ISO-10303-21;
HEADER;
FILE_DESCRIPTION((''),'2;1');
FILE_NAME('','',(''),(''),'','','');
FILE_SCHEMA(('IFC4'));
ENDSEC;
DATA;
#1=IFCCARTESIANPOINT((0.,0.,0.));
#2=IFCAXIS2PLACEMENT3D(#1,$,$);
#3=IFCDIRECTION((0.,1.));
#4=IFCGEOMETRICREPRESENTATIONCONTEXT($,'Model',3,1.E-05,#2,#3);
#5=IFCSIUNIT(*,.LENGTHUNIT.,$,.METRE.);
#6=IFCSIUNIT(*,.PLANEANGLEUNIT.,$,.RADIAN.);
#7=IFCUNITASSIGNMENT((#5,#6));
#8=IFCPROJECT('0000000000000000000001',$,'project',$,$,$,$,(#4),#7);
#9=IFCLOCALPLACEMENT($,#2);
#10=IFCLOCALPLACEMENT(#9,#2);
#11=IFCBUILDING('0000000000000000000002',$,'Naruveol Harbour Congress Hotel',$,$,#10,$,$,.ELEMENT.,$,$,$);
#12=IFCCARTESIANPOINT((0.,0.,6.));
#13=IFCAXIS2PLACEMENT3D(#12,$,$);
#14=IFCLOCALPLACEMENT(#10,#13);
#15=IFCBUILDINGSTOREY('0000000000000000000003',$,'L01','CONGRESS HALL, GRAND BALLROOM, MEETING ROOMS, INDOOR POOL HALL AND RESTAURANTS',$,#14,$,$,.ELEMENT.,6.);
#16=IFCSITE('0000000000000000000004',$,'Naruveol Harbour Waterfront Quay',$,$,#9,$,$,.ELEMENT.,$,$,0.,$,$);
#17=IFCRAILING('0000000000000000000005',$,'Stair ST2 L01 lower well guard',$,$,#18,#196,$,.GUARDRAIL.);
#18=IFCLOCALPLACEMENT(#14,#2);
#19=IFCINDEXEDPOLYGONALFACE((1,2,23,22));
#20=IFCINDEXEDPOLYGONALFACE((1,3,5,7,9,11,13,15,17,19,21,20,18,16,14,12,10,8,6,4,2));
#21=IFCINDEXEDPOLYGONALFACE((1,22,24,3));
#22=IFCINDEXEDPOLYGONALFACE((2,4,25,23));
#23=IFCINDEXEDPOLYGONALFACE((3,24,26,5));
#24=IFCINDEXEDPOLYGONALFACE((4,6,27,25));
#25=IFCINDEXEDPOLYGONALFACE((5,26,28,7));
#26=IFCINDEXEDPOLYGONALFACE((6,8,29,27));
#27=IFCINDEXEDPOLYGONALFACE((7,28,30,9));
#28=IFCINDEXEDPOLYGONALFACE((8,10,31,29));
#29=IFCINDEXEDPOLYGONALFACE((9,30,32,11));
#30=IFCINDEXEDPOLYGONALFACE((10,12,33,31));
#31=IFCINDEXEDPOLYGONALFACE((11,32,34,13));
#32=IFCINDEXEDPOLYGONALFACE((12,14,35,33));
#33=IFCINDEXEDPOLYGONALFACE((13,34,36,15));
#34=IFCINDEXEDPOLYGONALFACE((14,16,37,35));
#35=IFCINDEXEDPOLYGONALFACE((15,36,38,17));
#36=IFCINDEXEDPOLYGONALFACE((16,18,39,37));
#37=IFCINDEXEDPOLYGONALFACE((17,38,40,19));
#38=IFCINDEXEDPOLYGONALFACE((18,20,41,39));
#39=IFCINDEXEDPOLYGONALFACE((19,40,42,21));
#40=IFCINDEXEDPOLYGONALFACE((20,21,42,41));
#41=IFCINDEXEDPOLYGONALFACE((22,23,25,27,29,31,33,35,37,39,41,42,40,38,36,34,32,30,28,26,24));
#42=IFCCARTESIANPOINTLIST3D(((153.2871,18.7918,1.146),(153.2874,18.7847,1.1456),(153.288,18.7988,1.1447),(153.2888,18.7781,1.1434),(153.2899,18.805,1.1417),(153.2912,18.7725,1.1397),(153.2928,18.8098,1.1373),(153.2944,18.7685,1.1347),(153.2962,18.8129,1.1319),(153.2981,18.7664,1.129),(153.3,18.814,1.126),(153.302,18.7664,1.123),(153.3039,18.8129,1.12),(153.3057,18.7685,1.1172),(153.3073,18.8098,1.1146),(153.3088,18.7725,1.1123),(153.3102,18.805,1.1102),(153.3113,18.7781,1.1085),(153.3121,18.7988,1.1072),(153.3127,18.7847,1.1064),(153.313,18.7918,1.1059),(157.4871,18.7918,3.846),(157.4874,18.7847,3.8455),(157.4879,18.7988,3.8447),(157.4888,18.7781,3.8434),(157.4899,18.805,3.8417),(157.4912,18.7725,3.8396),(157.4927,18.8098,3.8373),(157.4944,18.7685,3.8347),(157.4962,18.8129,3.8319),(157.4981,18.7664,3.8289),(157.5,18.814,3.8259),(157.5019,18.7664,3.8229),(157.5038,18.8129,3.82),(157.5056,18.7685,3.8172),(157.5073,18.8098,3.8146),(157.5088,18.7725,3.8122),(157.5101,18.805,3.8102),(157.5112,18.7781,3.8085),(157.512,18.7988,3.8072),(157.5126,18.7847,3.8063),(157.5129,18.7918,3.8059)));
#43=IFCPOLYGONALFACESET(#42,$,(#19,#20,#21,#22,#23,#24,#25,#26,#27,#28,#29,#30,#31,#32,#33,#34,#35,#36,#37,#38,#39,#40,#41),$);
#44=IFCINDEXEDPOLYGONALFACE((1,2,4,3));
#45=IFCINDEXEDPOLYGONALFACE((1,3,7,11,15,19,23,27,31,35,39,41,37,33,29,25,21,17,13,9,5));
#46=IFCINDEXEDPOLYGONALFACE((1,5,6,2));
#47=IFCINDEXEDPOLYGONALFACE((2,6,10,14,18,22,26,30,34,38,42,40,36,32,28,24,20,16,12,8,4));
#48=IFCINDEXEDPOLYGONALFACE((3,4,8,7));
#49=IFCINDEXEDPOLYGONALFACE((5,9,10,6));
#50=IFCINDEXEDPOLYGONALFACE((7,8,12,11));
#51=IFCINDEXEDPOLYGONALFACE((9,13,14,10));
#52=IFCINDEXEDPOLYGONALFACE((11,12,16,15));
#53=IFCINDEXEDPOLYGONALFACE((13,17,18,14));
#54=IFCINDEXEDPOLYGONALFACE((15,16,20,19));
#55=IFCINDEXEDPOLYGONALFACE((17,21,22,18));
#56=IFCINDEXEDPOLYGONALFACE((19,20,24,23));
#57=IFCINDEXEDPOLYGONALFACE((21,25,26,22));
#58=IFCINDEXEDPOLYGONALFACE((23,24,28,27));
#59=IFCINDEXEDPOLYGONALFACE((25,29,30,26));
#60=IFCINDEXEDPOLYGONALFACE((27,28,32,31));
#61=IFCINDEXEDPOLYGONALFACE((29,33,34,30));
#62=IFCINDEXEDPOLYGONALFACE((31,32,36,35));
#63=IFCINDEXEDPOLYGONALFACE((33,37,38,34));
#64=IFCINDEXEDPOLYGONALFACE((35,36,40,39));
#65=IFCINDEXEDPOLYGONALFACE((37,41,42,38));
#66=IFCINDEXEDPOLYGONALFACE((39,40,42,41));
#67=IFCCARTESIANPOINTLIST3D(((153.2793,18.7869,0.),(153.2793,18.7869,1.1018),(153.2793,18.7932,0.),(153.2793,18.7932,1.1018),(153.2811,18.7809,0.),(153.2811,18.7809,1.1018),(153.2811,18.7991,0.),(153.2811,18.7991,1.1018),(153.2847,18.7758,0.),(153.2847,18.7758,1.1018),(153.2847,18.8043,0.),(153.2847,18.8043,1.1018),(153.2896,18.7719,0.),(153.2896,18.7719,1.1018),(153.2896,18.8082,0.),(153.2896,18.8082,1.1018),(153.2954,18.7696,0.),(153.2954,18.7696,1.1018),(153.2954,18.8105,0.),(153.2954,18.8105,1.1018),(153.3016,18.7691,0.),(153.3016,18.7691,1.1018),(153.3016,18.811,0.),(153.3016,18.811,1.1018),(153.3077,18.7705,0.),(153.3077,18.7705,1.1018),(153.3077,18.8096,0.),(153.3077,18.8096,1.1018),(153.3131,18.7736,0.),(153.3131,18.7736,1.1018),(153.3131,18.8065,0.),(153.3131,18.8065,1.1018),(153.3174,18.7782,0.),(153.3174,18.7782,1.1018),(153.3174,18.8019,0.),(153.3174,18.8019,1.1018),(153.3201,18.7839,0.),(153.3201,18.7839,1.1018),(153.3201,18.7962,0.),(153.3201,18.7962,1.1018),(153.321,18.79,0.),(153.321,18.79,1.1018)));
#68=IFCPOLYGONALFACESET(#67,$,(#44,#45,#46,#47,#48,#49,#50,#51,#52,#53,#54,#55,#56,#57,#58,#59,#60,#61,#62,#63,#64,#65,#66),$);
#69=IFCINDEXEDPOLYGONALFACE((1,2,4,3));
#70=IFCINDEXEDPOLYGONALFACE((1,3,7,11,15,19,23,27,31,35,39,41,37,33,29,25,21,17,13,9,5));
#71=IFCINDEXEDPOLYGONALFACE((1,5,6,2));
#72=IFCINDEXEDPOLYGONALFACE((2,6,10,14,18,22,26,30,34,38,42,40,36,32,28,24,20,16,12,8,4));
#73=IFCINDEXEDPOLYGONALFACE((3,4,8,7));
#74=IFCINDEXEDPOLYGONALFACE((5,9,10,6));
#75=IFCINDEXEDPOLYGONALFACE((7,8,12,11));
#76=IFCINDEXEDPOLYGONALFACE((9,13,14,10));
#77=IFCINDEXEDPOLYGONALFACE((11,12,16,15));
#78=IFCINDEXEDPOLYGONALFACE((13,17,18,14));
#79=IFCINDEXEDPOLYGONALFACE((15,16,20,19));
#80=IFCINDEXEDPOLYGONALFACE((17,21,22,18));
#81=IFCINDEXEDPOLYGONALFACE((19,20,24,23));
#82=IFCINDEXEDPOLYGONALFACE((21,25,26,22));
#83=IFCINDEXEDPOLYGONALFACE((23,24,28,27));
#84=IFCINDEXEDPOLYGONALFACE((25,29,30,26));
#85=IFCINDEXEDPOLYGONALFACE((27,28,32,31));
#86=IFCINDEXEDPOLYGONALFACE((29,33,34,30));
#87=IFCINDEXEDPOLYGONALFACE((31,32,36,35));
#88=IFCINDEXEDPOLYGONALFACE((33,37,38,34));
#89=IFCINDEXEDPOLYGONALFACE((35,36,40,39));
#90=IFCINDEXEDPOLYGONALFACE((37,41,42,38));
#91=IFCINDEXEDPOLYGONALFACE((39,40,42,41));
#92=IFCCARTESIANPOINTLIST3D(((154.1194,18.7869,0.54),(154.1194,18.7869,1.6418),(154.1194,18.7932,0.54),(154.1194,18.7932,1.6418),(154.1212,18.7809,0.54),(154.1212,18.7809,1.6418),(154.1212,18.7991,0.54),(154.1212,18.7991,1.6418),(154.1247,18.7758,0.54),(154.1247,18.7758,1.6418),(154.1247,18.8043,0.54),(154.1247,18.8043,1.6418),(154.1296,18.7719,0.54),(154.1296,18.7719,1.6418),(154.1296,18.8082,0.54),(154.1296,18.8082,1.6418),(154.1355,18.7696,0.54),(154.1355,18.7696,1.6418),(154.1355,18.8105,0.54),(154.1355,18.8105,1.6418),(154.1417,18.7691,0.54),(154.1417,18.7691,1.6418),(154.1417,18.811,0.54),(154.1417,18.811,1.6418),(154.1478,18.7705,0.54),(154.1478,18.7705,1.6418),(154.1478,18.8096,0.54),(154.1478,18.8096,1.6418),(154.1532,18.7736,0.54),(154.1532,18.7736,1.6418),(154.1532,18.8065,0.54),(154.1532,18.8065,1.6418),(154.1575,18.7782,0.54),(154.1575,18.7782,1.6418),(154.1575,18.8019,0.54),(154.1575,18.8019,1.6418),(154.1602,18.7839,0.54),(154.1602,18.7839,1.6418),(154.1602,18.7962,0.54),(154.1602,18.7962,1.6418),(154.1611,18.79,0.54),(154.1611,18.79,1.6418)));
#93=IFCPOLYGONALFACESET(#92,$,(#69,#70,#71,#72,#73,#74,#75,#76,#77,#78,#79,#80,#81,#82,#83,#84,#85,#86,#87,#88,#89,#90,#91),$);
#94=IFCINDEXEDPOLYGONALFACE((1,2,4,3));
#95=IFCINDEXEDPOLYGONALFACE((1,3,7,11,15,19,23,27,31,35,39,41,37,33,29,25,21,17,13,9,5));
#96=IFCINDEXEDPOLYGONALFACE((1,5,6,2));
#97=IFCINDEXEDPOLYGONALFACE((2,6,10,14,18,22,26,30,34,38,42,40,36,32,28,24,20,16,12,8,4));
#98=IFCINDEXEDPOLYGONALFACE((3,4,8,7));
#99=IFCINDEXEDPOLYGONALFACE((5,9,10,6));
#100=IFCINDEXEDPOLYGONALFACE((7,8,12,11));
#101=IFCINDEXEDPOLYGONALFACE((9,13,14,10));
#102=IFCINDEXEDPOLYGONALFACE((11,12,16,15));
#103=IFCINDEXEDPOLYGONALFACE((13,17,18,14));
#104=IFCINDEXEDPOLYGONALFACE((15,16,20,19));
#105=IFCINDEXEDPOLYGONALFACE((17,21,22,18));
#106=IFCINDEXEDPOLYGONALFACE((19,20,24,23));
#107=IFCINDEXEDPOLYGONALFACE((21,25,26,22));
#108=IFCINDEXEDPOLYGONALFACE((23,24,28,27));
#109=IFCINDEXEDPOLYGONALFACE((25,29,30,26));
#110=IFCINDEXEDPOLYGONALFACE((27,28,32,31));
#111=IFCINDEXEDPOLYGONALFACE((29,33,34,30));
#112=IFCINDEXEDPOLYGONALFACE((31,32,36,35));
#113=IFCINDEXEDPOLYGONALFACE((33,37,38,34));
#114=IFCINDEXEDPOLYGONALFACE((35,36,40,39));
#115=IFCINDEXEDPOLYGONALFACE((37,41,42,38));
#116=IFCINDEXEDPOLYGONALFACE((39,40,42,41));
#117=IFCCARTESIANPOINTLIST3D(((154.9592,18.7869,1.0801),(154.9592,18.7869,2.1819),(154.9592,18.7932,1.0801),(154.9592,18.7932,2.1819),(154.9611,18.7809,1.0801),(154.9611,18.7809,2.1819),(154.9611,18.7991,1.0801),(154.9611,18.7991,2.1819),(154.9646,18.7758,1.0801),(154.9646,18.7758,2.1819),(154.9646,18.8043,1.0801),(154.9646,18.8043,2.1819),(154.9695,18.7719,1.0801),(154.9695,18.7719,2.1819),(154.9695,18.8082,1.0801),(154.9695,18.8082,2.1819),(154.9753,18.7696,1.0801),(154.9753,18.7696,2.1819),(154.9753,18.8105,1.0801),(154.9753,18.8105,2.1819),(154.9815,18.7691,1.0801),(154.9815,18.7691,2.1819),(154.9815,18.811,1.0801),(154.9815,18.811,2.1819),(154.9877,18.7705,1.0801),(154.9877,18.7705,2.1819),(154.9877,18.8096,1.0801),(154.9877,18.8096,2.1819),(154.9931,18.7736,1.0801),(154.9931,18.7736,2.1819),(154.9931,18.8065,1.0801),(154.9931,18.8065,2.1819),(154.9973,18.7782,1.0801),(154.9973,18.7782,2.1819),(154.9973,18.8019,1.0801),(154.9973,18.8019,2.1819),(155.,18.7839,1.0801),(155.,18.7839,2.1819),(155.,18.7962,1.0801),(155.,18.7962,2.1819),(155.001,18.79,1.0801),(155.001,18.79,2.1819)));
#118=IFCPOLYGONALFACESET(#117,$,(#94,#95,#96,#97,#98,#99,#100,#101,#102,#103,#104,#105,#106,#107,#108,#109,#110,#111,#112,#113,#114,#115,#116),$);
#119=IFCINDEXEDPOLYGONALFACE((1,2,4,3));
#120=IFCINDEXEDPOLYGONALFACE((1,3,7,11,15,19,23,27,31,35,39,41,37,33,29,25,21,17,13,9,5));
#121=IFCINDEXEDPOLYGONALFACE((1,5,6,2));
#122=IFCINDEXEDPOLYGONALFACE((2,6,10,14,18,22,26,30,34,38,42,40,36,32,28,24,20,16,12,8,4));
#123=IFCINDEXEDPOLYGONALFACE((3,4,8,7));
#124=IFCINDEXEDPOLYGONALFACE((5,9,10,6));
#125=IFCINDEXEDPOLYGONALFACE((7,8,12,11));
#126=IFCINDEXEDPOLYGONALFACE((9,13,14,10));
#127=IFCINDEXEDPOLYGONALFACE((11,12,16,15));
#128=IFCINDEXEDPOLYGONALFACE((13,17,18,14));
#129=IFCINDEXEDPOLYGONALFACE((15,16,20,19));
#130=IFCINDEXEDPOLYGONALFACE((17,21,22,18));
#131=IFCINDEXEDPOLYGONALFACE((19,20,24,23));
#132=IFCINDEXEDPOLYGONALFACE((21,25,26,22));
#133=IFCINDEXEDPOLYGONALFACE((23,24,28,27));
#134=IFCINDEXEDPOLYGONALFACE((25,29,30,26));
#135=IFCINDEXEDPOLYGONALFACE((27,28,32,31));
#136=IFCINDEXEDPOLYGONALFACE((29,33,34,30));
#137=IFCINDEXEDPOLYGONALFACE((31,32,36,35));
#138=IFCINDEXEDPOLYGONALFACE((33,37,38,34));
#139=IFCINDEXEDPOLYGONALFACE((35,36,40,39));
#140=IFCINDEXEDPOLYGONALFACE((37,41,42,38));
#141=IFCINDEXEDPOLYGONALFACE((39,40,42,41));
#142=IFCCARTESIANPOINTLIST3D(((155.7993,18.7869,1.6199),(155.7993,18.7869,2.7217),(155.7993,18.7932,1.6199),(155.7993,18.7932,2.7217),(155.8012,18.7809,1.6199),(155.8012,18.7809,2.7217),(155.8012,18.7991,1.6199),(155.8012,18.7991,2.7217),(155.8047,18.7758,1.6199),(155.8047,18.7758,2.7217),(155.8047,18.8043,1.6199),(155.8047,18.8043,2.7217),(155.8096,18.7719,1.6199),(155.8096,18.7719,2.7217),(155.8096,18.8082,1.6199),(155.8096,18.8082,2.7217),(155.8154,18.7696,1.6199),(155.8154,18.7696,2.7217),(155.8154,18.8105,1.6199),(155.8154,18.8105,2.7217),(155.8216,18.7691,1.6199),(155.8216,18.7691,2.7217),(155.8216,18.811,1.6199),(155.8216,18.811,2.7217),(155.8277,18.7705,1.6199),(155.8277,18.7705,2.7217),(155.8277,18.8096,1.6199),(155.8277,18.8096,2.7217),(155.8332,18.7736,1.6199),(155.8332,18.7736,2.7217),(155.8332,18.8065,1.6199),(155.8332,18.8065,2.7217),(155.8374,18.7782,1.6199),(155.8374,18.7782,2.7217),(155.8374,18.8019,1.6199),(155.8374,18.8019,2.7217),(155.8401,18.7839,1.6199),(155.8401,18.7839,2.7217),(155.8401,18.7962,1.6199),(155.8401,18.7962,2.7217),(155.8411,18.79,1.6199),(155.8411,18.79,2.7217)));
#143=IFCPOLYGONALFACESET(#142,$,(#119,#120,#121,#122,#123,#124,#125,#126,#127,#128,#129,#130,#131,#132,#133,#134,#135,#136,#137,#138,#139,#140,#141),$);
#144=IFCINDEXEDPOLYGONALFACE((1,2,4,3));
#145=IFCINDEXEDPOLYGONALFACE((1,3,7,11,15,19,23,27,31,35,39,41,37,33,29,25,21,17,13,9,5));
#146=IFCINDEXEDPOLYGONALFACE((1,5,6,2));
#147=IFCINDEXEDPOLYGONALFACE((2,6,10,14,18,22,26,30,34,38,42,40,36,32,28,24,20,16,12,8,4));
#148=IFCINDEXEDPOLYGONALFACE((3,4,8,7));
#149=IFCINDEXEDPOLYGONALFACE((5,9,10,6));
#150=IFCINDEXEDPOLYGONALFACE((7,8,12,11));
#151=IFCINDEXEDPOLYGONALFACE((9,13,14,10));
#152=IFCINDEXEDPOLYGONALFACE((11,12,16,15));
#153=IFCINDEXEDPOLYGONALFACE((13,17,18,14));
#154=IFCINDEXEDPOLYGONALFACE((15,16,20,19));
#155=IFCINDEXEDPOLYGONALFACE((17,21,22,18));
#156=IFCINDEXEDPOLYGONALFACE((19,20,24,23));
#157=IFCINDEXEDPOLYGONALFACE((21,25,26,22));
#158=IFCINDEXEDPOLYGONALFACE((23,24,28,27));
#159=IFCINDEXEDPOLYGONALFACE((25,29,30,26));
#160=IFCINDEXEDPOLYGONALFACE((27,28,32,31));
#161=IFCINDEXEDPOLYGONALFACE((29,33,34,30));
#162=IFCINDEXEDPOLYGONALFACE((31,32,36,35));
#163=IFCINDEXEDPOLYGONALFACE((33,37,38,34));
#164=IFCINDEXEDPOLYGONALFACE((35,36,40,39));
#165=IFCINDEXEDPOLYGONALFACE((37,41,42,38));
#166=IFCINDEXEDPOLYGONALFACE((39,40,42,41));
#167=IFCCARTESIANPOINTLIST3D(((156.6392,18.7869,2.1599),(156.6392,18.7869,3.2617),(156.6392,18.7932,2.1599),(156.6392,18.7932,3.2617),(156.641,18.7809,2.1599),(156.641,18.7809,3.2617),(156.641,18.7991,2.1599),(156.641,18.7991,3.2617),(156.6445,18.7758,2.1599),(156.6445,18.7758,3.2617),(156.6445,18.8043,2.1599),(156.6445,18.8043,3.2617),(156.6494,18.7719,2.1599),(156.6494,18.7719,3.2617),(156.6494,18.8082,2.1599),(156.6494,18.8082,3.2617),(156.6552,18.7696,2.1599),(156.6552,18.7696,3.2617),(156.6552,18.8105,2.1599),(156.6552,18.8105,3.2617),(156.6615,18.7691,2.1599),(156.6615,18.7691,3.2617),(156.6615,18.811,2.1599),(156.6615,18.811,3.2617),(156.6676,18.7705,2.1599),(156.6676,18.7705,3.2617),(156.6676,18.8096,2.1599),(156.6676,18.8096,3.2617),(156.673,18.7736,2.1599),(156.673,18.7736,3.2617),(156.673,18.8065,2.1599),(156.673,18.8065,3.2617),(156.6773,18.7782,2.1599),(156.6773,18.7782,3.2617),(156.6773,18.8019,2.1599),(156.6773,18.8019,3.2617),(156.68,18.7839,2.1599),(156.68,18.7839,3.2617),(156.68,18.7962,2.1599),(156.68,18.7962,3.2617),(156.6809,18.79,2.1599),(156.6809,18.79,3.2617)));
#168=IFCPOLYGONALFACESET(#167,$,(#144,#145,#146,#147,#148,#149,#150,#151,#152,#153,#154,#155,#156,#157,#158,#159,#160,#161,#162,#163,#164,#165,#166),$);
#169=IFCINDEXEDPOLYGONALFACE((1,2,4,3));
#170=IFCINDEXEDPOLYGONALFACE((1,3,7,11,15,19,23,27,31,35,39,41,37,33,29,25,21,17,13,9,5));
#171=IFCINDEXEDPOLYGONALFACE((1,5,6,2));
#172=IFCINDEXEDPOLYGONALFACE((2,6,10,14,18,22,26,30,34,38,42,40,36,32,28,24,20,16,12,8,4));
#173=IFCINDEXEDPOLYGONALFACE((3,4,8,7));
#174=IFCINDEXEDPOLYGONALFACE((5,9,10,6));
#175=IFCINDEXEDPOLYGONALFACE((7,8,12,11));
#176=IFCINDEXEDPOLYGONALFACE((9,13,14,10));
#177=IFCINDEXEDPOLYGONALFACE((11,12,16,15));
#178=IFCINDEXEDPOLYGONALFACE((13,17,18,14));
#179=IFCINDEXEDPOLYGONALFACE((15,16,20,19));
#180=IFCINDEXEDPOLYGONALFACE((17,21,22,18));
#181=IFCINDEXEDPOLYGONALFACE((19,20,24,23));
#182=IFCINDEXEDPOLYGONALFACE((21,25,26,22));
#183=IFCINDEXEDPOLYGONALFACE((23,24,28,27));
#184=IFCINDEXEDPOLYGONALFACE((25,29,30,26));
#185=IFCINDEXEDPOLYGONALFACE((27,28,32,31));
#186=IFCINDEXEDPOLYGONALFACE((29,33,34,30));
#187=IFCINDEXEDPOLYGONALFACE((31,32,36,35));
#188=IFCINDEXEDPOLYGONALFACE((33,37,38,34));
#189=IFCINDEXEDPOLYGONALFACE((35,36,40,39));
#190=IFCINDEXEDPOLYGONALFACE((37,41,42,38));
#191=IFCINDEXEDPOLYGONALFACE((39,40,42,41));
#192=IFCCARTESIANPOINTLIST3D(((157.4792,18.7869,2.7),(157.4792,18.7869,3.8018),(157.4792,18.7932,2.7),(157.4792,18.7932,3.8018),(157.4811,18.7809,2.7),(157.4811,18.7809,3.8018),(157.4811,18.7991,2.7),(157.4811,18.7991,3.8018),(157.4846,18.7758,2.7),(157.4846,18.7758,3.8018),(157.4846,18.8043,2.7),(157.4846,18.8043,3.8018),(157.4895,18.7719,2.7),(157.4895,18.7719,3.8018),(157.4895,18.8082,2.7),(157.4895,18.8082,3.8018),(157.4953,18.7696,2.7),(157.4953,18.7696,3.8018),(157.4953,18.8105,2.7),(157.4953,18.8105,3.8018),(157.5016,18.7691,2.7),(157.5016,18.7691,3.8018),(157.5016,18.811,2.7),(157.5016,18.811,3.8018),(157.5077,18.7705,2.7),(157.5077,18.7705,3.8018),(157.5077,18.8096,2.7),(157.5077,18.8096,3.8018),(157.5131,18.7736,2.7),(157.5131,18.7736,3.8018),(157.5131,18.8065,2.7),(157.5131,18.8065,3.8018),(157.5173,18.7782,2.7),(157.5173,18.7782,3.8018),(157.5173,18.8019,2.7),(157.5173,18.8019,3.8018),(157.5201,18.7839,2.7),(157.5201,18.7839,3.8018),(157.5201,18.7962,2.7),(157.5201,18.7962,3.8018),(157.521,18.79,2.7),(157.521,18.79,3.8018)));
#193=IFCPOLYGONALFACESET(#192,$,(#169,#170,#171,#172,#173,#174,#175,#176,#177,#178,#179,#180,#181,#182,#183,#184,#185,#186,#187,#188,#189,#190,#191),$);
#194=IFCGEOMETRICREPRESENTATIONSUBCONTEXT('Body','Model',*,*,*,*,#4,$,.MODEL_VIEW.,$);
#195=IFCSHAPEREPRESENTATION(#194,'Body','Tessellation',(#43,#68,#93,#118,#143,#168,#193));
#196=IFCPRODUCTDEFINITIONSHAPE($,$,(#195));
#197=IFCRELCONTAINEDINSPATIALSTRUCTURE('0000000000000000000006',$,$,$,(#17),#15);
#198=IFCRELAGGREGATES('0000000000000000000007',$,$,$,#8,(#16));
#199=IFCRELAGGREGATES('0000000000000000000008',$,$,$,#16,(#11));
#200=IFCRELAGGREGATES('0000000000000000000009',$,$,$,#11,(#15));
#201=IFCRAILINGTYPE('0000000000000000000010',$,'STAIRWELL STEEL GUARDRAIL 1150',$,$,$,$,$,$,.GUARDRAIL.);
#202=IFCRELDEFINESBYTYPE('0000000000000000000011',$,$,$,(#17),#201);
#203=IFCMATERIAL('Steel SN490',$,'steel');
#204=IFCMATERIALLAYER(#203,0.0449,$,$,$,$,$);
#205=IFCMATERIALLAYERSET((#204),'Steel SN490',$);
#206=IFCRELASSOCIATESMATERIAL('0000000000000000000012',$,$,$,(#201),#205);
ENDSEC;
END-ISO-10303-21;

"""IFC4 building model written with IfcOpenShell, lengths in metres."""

from ifc_helpers import new_model, si_unit, direction, frame, origin, origin_2d, place, context, subcontext, project, spatial, circle, extrude, material, layer, layer_set, type_object, element, save


model = new_model("IFC4")

# Units and contexts
model_context = context("Model", 3, precision=1e-05, world=origin(), true_north=direction((0.0, 1.0)))
body_context = subcontext(model_context, "Body", "Model", "MODEL_VIEW")
ifc_project = project(units=[si_unit("LENGTHUNIT", "METRE"), si_unit("PLANEANGLEUNIT", "RADIAN")], contexts=[model_context])

# Site, building, storey
site_placement = place(None, origin())
site = spatial("IfcSite", under=ifc_project, at=site_placement, Name="Naruveol Harbour Waterfront Quay", CompositionType="ELEMENT", RefElevation=0.0)
building_placement = place(site_placement, origin())
building = spatial("IfcBuilding", under=site, at=building_placement, Name="Naruveol Harbour Congress Hotel", CompositionType="ELEMENT")
storey_placement = place(building_placement, frame((0.0, 0.0, 6.0)))
storey = spatial("IfcBuildingStorey", under=building, at=storey_placement, Name="L01", Description="CONGRESS HALL, GRAND BALLROOM, MEETING ROOMS, INDOOR POOL HALL AND RESTAURANTS", CompositionType="ELEMENT", Elevation=6.0)

# Railing
ifc_material_1 = material(Name="Steel SN490", Category="steel")
ifc_layer_1 = layer(ifc_material_1, 0.0449)
ifc_layer_set_1 = layer_set([ifc_layer_1], Name="Steel SN490")
railing_type_1 = type_object("IfcRailingType", Name="STAIRWELL STEEL GUARDRAIL 1150", PredefinedType="GUARDRAIL", material=ifc_layer_set_1)
railing_1_placement = place(storey_placement, frame((153.3, 18.79, 0.0)))
element("IfcRailing", 1, at=railing_1_placement, inside=storey, type_object=railing_type_1, Name="Stair ST2 L01 lower well guard", PredefinedType="GUARDRAIL", context=body_context, shape_type="SweptSolid", body=[
    extrude(circle(Radius=0.0239, at=origin_2d()), frame((0.0, 0.0, 1.126), z_axis=(0.84118, 0.0, 0.540755), x_axis=(0.0, 1.0, 0.0)), (0.0, 0.0, 1.0), 4.9929),
    extrude(circle(Radius=0.021, at=origin_2d()), origin(), (0.0, 0.0, 1.0), 1.1018),
    extrude(circle(Radius=0.021, at=origin_2d()), frame((0.8401, 0.0, 0.54)), (0.0, 0.0, 1.0), 1.1018),
    extrude(circle(Radius=0.021, at=origin_2d()), frame((1.6799, 0.0, 1.0801)), (0.0, 0.0, 1.0), 1.1018),
    extrude(circle(Radius=0.021, at=origin_2d()), frame((2.52, 0.0, 1.6199)), (0.0, 0.0, 1.0), 1.1018),
    extrude(circle(Radius=0.021, at=origin_2d()), frame((3.3599, 0.0, 2.1599)), (0.0, 0.0, 1.0), 1.1018),
    extrude(circle(Radius=0.021, at=origin_2d()), frame((4.2, 0.0, 2.7)), (0.0, 0.0, 1.0), 1.1018),
])

save(model, "model.ifc")
